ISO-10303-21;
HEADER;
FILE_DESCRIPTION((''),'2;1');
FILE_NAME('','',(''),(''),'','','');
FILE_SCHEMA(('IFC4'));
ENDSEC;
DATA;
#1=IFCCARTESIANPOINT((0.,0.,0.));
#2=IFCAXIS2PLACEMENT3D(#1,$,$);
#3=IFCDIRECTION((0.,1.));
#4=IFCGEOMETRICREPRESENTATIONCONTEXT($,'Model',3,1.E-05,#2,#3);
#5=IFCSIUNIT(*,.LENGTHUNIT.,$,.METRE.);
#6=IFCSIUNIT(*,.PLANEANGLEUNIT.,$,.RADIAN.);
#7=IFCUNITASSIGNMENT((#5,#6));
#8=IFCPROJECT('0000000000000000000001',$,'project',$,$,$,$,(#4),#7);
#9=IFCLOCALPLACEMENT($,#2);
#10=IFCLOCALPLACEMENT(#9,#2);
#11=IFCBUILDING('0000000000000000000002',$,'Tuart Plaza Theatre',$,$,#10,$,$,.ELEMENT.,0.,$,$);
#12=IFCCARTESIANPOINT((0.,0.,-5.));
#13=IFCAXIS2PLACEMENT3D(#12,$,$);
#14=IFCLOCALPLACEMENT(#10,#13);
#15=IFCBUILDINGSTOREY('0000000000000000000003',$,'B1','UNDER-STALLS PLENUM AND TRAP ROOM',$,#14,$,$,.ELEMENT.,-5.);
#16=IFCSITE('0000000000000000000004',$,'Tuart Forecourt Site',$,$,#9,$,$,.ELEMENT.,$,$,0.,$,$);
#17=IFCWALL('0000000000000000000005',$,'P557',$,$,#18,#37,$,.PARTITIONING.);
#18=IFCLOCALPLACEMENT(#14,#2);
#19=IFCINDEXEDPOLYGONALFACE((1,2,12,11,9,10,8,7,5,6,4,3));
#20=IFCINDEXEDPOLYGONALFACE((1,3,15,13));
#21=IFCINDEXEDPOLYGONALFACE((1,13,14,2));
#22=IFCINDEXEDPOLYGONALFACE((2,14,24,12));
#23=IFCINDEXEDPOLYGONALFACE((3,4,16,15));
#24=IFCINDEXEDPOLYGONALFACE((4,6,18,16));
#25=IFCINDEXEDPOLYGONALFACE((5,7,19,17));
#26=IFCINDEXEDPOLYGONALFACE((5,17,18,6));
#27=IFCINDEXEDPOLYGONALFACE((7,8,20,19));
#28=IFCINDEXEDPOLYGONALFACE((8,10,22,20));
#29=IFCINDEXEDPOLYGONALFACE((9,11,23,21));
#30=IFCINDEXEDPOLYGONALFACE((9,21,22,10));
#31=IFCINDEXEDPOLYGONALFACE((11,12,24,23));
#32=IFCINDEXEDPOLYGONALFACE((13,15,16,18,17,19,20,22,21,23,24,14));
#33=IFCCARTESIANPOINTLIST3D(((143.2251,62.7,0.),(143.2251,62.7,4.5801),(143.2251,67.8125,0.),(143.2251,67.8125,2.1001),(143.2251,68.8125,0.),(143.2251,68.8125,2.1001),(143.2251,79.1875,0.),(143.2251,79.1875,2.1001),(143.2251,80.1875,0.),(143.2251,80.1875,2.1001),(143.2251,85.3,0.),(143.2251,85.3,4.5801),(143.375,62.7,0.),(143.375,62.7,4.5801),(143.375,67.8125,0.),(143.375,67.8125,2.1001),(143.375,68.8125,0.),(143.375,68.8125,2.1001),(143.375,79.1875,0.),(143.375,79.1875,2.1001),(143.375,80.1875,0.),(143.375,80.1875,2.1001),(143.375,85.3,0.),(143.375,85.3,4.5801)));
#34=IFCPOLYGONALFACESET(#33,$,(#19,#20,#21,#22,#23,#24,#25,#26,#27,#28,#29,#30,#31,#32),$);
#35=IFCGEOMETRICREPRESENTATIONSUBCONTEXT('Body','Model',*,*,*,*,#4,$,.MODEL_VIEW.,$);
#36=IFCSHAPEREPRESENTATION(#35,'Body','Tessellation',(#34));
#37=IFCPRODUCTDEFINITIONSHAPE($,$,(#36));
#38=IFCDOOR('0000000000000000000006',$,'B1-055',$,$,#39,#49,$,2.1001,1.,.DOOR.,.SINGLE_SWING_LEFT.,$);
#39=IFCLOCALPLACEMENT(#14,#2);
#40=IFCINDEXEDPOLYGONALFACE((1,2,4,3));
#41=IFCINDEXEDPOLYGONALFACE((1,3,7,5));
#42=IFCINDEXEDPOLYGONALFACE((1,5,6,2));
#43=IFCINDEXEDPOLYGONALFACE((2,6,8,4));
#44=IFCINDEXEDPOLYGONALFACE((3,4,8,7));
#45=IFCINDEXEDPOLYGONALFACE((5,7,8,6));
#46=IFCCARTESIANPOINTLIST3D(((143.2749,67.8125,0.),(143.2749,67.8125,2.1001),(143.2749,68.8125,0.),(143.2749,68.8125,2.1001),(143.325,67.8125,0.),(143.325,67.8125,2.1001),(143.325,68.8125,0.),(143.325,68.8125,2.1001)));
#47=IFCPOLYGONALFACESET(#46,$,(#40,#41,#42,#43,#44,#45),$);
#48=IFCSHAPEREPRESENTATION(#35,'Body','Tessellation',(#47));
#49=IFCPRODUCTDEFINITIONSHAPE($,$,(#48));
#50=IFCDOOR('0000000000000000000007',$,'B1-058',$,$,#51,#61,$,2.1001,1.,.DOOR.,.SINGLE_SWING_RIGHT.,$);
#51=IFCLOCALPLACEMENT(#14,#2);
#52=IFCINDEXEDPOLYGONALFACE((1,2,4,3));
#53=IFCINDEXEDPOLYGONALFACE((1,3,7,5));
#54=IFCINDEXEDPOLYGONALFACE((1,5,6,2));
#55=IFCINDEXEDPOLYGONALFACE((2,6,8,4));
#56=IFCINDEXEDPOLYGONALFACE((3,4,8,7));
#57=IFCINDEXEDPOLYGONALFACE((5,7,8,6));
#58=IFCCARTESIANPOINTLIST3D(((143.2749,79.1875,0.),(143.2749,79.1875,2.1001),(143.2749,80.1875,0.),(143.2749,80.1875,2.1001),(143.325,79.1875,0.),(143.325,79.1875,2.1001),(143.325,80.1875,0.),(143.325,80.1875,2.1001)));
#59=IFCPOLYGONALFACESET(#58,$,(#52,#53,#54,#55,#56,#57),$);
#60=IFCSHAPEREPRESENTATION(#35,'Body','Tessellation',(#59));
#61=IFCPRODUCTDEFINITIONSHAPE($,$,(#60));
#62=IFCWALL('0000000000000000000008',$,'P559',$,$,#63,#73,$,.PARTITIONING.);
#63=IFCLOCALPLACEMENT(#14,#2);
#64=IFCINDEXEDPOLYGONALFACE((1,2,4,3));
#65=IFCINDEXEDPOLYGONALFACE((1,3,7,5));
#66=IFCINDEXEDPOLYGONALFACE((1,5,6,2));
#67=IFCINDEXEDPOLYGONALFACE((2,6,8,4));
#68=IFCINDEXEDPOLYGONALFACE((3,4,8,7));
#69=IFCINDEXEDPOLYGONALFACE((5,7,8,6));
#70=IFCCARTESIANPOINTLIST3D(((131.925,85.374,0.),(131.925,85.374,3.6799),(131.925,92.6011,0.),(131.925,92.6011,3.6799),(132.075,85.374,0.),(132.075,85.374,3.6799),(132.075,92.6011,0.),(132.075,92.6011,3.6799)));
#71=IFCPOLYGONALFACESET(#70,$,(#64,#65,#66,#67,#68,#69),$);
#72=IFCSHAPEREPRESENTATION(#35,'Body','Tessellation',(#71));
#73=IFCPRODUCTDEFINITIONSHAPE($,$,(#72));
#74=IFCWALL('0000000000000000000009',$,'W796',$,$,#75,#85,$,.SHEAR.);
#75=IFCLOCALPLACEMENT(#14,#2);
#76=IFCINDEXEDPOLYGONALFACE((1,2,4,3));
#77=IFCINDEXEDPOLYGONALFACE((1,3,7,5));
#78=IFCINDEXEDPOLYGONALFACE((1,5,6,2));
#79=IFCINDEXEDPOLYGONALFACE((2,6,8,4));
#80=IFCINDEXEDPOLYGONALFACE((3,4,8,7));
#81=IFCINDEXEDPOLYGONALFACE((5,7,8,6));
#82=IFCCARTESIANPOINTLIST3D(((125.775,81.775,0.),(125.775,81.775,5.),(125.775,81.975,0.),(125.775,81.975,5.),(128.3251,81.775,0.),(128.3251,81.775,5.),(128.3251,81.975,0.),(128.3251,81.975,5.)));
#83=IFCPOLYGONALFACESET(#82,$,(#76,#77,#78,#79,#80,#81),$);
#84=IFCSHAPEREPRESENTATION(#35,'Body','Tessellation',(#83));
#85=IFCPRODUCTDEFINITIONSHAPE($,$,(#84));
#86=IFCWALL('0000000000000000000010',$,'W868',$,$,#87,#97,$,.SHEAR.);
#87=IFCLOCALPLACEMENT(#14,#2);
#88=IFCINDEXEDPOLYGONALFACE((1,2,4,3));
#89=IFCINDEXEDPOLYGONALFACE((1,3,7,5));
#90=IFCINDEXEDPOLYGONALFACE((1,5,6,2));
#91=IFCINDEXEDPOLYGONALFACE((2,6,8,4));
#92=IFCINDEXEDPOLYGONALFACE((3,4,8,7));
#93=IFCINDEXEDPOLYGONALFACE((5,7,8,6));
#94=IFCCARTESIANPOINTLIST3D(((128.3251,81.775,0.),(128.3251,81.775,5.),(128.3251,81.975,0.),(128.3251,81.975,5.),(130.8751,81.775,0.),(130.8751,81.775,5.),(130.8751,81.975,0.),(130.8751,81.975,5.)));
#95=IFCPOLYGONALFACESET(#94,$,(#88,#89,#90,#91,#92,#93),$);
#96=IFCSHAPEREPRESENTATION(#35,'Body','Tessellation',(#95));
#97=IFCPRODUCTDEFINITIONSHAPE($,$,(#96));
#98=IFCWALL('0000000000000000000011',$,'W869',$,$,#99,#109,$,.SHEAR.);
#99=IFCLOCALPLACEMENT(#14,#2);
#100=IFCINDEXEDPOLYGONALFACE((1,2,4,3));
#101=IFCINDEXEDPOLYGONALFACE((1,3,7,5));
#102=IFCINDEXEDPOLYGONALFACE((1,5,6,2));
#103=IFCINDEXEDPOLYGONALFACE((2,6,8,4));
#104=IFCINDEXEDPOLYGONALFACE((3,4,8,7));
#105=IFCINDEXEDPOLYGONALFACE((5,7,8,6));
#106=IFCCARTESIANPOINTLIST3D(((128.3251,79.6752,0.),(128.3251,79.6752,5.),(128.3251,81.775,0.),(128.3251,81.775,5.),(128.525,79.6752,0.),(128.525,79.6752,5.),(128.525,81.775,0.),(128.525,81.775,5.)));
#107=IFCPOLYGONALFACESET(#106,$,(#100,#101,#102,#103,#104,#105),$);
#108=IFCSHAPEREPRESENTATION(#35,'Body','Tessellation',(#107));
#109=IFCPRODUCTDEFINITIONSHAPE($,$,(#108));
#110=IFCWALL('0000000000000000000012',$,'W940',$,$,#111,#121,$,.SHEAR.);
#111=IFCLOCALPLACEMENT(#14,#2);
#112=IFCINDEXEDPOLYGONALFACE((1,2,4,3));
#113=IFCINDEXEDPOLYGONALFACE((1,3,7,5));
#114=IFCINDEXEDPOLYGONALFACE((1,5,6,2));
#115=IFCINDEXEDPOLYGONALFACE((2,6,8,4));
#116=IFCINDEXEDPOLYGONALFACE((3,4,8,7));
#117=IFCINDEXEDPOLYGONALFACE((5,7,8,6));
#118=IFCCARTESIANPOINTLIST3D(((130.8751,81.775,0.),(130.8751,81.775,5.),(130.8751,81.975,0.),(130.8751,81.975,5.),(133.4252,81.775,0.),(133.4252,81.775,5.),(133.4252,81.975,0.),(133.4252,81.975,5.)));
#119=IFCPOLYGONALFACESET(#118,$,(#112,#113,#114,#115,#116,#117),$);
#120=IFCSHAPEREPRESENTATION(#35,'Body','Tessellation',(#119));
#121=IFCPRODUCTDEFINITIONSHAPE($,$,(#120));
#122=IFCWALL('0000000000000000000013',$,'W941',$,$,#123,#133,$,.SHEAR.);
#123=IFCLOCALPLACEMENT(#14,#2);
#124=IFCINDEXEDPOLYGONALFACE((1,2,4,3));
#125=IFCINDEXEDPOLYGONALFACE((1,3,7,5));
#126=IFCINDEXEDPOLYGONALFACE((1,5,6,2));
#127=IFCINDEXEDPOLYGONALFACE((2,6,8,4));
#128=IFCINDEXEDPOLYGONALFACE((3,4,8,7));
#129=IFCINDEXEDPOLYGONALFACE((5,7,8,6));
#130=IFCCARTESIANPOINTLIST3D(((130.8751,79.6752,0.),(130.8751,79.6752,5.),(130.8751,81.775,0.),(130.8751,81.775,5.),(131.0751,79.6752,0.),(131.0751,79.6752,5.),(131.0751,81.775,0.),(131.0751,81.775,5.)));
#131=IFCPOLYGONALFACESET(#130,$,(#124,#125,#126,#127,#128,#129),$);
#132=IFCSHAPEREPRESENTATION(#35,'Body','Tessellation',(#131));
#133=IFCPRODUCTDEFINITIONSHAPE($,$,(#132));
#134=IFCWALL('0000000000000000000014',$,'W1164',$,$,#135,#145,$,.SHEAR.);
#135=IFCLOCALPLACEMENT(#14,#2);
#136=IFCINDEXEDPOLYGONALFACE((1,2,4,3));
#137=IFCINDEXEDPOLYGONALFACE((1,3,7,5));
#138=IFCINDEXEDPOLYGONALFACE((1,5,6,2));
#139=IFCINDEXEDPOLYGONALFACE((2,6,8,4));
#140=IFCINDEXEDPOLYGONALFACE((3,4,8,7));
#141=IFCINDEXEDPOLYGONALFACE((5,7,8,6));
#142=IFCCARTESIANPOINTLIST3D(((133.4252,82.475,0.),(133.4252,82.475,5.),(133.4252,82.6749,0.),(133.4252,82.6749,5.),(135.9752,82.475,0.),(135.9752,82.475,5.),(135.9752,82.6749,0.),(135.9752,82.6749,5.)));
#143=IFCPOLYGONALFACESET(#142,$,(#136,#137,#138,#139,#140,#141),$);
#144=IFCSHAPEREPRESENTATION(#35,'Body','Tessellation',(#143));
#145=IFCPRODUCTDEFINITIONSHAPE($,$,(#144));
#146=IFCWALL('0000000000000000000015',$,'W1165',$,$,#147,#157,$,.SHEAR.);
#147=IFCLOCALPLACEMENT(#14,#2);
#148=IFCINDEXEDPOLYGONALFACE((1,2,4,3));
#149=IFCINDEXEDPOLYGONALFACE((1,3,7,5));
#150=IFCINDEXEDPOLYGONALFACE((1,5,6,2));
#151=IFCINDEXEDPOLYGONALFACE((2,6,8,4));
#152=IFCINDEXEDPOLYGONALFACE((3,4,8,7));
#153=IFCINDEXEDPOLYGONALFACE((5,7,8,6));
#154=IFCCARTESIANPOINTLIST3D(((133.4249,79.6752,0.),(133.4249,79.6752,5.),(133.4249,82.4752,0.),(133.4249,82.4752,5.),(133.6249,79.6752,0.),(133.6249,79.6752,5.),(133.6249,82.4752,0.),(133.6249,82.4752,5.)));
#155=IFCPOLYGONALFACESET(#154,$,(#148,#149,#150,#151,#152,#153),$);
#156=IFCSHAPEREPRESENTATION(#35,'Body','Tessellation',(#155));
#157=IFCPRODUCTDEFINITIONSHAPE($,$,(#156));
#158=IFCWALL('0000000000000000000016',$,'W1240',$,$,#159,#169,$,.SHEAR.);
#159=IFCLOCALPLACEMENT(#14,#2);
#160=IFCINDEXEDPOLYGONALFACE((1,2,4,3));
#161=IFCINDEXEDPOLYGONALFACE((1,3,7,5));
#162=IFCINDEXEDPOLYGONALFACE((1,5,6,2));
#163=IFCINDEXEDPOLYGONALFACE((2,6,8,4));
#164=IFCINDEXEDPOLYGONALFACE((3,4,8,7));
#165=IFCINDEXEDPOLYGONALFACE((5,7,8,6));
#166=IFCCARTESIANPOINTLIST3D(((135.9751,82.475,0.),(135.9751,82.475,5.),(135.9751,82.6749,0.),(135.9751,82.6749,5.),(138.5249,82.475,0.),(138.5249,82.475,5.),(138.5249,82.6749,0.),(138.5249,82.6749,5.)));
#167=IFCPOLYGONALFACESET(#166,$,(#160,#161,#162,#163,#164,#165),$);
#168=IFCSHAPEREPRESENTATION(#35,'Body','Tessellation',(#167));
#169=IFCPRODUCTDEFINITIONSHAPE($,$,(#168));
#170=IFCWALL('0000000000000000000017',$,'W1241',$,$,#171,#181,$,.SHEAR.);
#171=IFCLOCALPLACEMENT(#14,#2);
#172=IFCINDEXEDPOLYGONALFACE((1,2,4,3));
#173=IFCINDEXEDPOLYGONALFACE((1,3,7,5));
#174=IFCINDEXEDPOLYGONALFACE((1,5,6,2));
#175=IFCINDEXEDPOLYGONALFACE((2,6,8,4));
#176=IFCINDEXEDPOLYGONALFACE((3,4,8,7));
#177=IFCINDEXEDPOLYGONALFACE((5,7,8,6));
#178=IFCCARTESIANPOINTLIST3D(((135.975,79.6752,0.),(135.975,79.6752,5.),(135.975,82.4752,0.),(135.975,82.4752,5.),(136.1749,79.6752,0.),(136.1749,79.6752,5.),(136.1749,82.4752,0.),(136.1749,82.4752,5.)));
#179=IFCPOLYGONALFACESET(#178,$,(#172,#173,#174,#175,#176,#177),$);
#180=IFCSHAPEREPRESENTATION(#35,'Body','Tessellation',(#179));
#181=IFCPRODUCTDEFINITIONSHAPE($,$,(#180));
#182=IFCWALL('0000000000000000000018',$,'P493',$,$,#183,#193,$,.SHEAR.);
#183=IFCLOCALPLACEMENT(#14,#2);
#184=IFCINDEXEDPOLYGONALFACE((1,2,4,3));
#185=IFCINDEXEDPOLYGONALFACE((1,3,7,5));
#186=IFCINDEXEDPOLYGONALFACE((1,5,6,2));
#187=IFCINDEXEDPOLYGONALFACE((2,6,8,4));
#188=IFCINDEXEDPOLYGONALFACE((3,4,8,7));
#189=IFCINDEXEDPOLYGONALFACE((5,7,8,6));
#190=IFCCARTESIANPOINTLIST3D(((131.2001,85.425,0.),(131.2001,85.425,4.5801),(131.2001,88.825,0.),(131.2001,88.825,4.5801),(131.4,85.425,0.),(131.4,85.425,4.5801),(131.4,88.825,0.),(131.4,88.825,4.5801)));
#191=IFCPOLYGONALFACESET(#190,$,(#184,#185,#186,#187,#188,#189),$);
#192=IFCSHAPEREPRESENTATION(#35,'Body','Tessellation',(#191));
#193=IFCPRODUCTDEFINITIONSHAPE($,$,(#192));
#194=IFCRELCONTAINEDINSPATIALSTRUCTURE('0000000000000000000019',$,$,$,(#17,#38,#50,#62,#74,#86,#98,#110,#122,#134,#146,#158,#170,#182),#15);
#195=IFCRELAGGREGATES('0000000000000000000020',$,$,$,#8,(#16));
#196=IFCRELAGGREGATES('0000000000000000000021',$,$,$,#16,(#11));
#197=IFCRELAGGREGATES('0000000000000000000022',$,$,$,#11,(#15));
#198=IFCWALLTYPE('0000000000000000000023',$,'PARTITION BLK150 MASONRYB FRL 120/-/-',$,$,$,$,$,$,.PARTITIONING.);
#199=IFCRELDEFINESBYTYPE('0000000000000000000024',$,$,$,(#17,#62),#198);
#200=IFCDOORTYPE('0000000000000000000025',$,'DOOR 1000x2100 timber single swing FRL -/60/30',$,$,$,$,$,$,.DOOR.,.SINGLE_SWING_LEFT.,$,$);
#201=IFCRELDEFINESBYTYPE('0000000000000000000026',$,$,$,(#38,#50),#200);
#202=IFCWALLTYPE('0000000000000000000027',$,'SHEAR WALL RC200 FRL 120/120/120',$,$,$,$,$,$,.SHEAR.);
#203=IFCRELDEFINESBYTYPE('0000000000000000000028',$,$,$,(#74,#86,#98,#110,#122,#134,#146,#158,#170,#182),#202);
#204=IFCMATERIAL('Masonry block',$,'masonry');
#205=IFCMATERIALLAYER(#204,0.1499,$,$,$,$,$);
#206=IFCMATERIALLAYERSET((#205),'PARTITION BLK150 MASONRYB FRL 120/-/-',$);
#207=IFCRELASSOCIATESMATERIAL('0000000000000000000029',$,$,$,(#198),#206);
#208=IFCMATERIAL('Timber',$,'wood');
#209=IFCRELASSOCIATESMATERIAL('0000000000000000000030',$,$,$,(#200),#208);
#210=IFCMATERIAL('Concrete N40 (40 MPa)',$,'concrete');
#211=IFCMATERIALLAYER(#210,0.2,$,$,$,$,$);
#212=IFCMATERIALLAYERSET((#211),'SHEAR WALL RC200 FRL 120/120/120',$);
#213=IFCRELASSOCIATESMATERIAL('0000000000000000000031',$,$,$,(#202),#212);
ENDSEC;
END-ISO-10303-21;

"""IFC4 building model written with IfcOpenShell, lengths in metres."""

from ifc_helpers import new_model, si_unit, direction, frame, frame_2d, origin, place, context, subcontext, project, spatial, rectangle, extrude, material, layer, layer_set, type_object, element, fill, save


model = new_model("IFC4")

# Units and contexts
model_context = context("Model", 3, precision=1e-05, world=origin(), true_north=direction((0.0, 1.0)))
body_context = subcontext(model_context, "Body", "Model", "MODEL_VIEW")
ifc_project = project(units=[si_unit("LENGTHUNIT", "METRE"), si_unit("PLANEANGLEUNIT", "RADIAN")], contexts=[model_context])

# Site, building, storey
site_placement = place(None, origin())
site = spatial("IfcSite", under=ifc_project, at=site_placement, Name="Tuart Forecourt Site", CompositionType="ELEMENT", RefElevation=0.0)
building_placement = place(site_placement, origin())
building = spatial("IfcBuilding", under=site, at=building_placement, Name="Tuart Plaza Theatre", CompositionType="ELEMENT", ElevationOfRefHeight=0.0)
storey_placement = place(building_placement, frame((0.0, 0.0, -5.0)))
storey = spatial("IfcBuildingStorey", under=building, at=storey_placement, Name="B1", Description="UNDER-STALLS PLENUM AND TRAP ROOM", CompositionType="ELEMENT", Elevation=-5.0)

# Shared definitions
ifc_material_1 = material(Name="Masonry block", Category="masonry")
ifc_layer_1 = layer(ifc_material_1, 0.1499)
ifc_layer_set_1 = layer_set([ifc_layer_1], Name="PARTITION BLK150 MASONRYB FRL 120/-/-")
wall_type_1 = type_object("IfcWallType", Name="PARTITION BLK150 MASONRYB FRL 120/-/-", PredefinedType="PARTITIONING", material=ifc_layer_set_1)

# Wall, openings, doors
wall_1_placement = place(storey_placement, frame((143.3, 85.3, 0.0), z_axis=(0.0, 0.0, 1.0), x_axis=(0.0, -1.0, 0.0)))
wall_1 = element("IfcWall", 1, at=wall_1_placement, inside=storey, type_object=wall_type_1, Name="P557", PredefinedType="PARTITIONING", context=body_context, shape_type="SweptSolid", body=[
    extrude(rectangle(XDim=22.6001, YDim=0.1499, at=frame_2d((11.3, 0.0))), origin(), (0.0, 0.0, 1.0), 4.5801),
])
opening_1_placement = place(wall_1_placement, frame((16.4875, 0.0, 0.0)))
opening_1 = element("IfcOpeningElement", 2, at=opening_1_placement, cuts=wall_1, PredefinedType="OPENING", context=body_context, shape_type="SweptSolid", body=[
    extrude(rectangle(XDim=1.0, YDim=2.1001, at=frame_2d((0.5, 1.05))), frame((0.0, 0.085, 0.0), z_axis=(0.0, -1.0, 0.0), x_axis=(1.0, 0.0, 0.0)), (0.0, 0.0, 1.0), 0.1699),
])
opening_2_placement = place(wall_1_placement, frame((5.1125, 0.0, 0.0)))
opening_2 = element("IfcOpeningElement", 3, at=opening_2_placement, cuts=wall_1, PredefinedType="OPENING", context=body_context, shape_type="SweptSolid", body=[
    extrude(rectangle(XDim=1.0, YDim=2.1001, at=frame_2d((0.5, 1.05))), frame((0.0, 0.085, 0.0), z_axis=(0.0, -1.0, 0.0), x_axis=(1.0, 0.0, 0.0)), (0.0, 0.0, 1.0), 0.1699),
])
ifc_material_2 = material(Name="Timber", Category="wood")
door_type = type_object("IfcDoorType", Name="DOOR 1000x2100 timber single swing FRL -/60/30", OperationType="SINGLE_SWING_LEFT", PredefinedType="DOOR", material=ifc_material_2)
door_1_placement = place(opening_1_placement, origin())
door_1 = element("IfcDoor", 4, at=door_1_placement, inside=storey, type_object=door_type, Name="B1-055", OperationType="SINGLE_SWING_LEFT", OverallHeight=2.1001, OverallWidth=1.0, PredefinedType="DOOR", context=body_context, shape_type="SweptSolid", body=[
    extrude(rectangle(XDim=1.0, YDim=2.1001, at=frame_2d((0.5, 1.05))), frame((0.0, 0.0249, 0.0), z_axis=(0.0, -1.0, 0.0), x_axis=(1.0, 0.0, 0.0)), (0.0, 0.0, 1.0), 0.05),
])
fill(opening_1, door_1)
door_2_placement = place(opening_2_placement, origin())
door_2 = element("IfcDoor", 5, at=door_2_placement, inside=storey, type_object=door_type, Name="B1-058", OperationType="SINGLE_SWING_RIGHT", OverallHeight=2.1001, OverallWidth=1.0, PredefinedType="DOOR", context=body_context, shape_type="SweptSolid", body=[
    extrude(rectangle(XDim=1.0, YDim=2.1001, at=frame_2d((0.5, 1.05))), frame((0.0, 0.0249, 0.0), z_axis=(0.0, -1.0, 0.0), x_axis=(1.0, 0.0, 0.0)), (0.0, 0.0, 1.0), 0.05),
])
fill(opening_2, door_2)

# Walls
wall_2_placement = place(storey_placement, frame((132.0, 85.374, 0.0), z_axis=(0.0, 0.0, 1.0), x_axis=(0.0, 1.0, 0.0)))
element("IfcWall", 6, at=wall_2_placement, inside=storey, type_object=wall_type_1, Name="P559", PredefinedType="PARTITIONING", context=body_context, shape_type="SweptSolid", body=[
    extrude(rectangle(XDim=7.2271, YDim=0.1499, at=frame_2d((3.6135, 0.0))), origin(), (0.0, 0.0, 1.0), 3.6799),
])
ifc_material_3 = material(Name="Concrete N40 (40 MPa)", Category="concrete")
ifc_layer_2 = layer(ifc_material_3, 0.2)
ifc_layer_set_2 = layer_set([ifc_layer_2], Name="SHEAR WALL RC200 FRL 120/120/120")
wall_type_2 = type_object("IfcWallType", Name="SHEAR WALL RC200 FRL 120/120/120", PredefinedType="SHEAR", material=ifc_layer_set_2)
for number, where, z_axis, x_axis, name in (
    (7, (128.325, 81.875, 0.0), (0.0, 0.0, 1.0), (-1.0, 0.0, 0.0), "W796"),
    (8, (130.875, 81.875, 0.0), (0.0, 0.0, 1.0), (-1.0, 0.0, 0.0), "W868"),
):
    element("IfcWall", number, at=place(storey_placement, frame(where, z_axis=z_axis, x_axis=x_axis)), inside=storey, type_object=wall_type_2, Name=name, PredefinedType="SHEAR", context=body_context, shape_type="SweptSolid", body=[
        extrude(rectangle(XDim=2.55, YDim=0.2, at=frame_2d((1.2749, 0.0))), origin(), (0.0, 0.0, 1.0), 5.0),
    ])
wall_3_placement = place(storey_placement, frame((128.425, 81.7749, 0.0), z_axis=(0.0, 0.0, 1.0), x_axis=(0.0, -1.0, 0.0)))
element("IfcWall", 9, at=wall_3_placement, inside=storey, type_object=wall_type_2, Name="W869", PredefinedType="SHEAR", context=body_context, shape_type="SweptSolid", body=[
    extrude(rectangle(XDim=2.0999, YDim=0.2, at=frame_2d((1.0498, 0.0))), origin(), (0.0, 0.0, 1.0), 5.0),
])
wall_4_placement = place(storey_placement, frame((133.425, 81.875, 0.0), z_axis=(0.0, 0.0, 1.0), x_axis=(-1.0, 0.0, 0.0)))
element("IfcWall", 10, at=wall_4_placement, inside=storey, type_object=wall_type_2, Name="W940", PredefinedType="SHEAR", context=body_context, shape_type="SweptSolid", body=[
    extrude(rectangle(XDim=2.55, YDim=0.2, at=frame_2d((1.2749, 0.0))), origin(), (0.0, 0.0, 1.0), 5.0),
])
wall_5_placement = place(storey_placement, frame((130.9751, 81.7749, 0.0), z_axis=(0.0, 0.0, 1.0), x_axis=(0.0, -1.0, 0.0)))
element("IfcWall", 11, at=wall_5_placement, inside=storey, type_object=wall_type_2, Name="W941", PredefinedType="SHEAR", context=body_context, shape_type="SweptSolid", body=[
    extrude(rectangle(XDim=2.0999, YDim=0.2, at=frame_2d((1.0498, 0.0))), origin(), (0.0, 0.0, 1.0), 5.0),
])
wall_6_placement = place(storey_placement, frame((135.9751, 82.575, 0.0), z_axis=(0.0, 0.0, 1.0), x_axis=(-1.0, 0.0, 0.0)))
element("IfcWall", 12, at=wall_6_placement, inside=storey, type_object=wall_type_2, Name="W1164", PredefinedType="SHEAR", context=body_context, shape_type="SweptSolid", body=[
    extrude(rectangle(XDim=2.55, YDim=0.2, at=frame_2d((1.2749, 0.0))), origin(), (0.0, 0.0, 1.0), 5.0),
])
wall_7_placement = place(storey_placement, frame((133.5249, 82.4751, 0.0), z_axis=(0.0, 0.0, 1.0), x_axis=(0.0, -1.0, 0.0)))
element("IfcWall", 13, at=wall_7_placement, inside=storey, type_object=wall_type_2, Name="W1165", PredefinedType="SHEAR", context=body_context, shape_type="SweptSolid", body=[
    extrude(rectangle(XDim=2.8, YDim=0.2, at=frame_2d((1.3999, 0.0))), origin(), (0.0, 0.0, 1.0), 5.0),
])
wall_8_placement = place(storey_placement, frame((138.5249, 82.575, 0.0), z_axis=(0.0, 0.0, 1.0), x_axis=(-1.0, 0.0, 0.0)))
element("IfcWall", 14, at=wall_8_placement, inside=storey, type_object=wall_type_2, Name="W1240", PredefinedType="SHEAR", context=body_context, shape_type="SweptSolid", body=[
    extrude(rectangle(XDim=2.5498, YDim=0.2, at=frame_2d((1.2749, 0.0))), origin(), (0.0, 0.0, 1.0), 5.0),
])
wall_9_placement = place(storey_placement, frame((136.075, 82.4751, 0.0), z_axis=(0.0, 0.0, 1.0), x_axis=(0.0, -1.0, 0.0)))
element("IfcWall", 15, at=wall_9_placement, inside=storey, type_object=wall_type_2, Name="W1241", PredefinedType="SHEAR", context=body_context, shape_type="SweptSolid", body=[
    extrude(rectangle(XDim=2.8, YDim=0.2, at=frame_2d((1.3999, 0.0))), origin(), (0.0, 0.0, 1.0), 5.0),
])
wall_10_placement = place(storey_placement, frame((131.3, 85.425, 0.0), z_axis=(0.0, 0.0, 1.0), x_axis=(0.0, 1.0, 0.0)))
element("IfcWall", 16, at=wall_10_placement, inside=storey, type_object=wall_type_2, Name="P493", PredefinedType="SHEAR", context=body_context, shape_type="SweptSolid", body=[
    extrude(rectangle(XDim=3.3999, YDim=0.2, at=frame_2d((1.7, 0.0))), origin(), (0.0, 0.0, 1.0), 4.5801),
])

save(model, "model.ifc")
